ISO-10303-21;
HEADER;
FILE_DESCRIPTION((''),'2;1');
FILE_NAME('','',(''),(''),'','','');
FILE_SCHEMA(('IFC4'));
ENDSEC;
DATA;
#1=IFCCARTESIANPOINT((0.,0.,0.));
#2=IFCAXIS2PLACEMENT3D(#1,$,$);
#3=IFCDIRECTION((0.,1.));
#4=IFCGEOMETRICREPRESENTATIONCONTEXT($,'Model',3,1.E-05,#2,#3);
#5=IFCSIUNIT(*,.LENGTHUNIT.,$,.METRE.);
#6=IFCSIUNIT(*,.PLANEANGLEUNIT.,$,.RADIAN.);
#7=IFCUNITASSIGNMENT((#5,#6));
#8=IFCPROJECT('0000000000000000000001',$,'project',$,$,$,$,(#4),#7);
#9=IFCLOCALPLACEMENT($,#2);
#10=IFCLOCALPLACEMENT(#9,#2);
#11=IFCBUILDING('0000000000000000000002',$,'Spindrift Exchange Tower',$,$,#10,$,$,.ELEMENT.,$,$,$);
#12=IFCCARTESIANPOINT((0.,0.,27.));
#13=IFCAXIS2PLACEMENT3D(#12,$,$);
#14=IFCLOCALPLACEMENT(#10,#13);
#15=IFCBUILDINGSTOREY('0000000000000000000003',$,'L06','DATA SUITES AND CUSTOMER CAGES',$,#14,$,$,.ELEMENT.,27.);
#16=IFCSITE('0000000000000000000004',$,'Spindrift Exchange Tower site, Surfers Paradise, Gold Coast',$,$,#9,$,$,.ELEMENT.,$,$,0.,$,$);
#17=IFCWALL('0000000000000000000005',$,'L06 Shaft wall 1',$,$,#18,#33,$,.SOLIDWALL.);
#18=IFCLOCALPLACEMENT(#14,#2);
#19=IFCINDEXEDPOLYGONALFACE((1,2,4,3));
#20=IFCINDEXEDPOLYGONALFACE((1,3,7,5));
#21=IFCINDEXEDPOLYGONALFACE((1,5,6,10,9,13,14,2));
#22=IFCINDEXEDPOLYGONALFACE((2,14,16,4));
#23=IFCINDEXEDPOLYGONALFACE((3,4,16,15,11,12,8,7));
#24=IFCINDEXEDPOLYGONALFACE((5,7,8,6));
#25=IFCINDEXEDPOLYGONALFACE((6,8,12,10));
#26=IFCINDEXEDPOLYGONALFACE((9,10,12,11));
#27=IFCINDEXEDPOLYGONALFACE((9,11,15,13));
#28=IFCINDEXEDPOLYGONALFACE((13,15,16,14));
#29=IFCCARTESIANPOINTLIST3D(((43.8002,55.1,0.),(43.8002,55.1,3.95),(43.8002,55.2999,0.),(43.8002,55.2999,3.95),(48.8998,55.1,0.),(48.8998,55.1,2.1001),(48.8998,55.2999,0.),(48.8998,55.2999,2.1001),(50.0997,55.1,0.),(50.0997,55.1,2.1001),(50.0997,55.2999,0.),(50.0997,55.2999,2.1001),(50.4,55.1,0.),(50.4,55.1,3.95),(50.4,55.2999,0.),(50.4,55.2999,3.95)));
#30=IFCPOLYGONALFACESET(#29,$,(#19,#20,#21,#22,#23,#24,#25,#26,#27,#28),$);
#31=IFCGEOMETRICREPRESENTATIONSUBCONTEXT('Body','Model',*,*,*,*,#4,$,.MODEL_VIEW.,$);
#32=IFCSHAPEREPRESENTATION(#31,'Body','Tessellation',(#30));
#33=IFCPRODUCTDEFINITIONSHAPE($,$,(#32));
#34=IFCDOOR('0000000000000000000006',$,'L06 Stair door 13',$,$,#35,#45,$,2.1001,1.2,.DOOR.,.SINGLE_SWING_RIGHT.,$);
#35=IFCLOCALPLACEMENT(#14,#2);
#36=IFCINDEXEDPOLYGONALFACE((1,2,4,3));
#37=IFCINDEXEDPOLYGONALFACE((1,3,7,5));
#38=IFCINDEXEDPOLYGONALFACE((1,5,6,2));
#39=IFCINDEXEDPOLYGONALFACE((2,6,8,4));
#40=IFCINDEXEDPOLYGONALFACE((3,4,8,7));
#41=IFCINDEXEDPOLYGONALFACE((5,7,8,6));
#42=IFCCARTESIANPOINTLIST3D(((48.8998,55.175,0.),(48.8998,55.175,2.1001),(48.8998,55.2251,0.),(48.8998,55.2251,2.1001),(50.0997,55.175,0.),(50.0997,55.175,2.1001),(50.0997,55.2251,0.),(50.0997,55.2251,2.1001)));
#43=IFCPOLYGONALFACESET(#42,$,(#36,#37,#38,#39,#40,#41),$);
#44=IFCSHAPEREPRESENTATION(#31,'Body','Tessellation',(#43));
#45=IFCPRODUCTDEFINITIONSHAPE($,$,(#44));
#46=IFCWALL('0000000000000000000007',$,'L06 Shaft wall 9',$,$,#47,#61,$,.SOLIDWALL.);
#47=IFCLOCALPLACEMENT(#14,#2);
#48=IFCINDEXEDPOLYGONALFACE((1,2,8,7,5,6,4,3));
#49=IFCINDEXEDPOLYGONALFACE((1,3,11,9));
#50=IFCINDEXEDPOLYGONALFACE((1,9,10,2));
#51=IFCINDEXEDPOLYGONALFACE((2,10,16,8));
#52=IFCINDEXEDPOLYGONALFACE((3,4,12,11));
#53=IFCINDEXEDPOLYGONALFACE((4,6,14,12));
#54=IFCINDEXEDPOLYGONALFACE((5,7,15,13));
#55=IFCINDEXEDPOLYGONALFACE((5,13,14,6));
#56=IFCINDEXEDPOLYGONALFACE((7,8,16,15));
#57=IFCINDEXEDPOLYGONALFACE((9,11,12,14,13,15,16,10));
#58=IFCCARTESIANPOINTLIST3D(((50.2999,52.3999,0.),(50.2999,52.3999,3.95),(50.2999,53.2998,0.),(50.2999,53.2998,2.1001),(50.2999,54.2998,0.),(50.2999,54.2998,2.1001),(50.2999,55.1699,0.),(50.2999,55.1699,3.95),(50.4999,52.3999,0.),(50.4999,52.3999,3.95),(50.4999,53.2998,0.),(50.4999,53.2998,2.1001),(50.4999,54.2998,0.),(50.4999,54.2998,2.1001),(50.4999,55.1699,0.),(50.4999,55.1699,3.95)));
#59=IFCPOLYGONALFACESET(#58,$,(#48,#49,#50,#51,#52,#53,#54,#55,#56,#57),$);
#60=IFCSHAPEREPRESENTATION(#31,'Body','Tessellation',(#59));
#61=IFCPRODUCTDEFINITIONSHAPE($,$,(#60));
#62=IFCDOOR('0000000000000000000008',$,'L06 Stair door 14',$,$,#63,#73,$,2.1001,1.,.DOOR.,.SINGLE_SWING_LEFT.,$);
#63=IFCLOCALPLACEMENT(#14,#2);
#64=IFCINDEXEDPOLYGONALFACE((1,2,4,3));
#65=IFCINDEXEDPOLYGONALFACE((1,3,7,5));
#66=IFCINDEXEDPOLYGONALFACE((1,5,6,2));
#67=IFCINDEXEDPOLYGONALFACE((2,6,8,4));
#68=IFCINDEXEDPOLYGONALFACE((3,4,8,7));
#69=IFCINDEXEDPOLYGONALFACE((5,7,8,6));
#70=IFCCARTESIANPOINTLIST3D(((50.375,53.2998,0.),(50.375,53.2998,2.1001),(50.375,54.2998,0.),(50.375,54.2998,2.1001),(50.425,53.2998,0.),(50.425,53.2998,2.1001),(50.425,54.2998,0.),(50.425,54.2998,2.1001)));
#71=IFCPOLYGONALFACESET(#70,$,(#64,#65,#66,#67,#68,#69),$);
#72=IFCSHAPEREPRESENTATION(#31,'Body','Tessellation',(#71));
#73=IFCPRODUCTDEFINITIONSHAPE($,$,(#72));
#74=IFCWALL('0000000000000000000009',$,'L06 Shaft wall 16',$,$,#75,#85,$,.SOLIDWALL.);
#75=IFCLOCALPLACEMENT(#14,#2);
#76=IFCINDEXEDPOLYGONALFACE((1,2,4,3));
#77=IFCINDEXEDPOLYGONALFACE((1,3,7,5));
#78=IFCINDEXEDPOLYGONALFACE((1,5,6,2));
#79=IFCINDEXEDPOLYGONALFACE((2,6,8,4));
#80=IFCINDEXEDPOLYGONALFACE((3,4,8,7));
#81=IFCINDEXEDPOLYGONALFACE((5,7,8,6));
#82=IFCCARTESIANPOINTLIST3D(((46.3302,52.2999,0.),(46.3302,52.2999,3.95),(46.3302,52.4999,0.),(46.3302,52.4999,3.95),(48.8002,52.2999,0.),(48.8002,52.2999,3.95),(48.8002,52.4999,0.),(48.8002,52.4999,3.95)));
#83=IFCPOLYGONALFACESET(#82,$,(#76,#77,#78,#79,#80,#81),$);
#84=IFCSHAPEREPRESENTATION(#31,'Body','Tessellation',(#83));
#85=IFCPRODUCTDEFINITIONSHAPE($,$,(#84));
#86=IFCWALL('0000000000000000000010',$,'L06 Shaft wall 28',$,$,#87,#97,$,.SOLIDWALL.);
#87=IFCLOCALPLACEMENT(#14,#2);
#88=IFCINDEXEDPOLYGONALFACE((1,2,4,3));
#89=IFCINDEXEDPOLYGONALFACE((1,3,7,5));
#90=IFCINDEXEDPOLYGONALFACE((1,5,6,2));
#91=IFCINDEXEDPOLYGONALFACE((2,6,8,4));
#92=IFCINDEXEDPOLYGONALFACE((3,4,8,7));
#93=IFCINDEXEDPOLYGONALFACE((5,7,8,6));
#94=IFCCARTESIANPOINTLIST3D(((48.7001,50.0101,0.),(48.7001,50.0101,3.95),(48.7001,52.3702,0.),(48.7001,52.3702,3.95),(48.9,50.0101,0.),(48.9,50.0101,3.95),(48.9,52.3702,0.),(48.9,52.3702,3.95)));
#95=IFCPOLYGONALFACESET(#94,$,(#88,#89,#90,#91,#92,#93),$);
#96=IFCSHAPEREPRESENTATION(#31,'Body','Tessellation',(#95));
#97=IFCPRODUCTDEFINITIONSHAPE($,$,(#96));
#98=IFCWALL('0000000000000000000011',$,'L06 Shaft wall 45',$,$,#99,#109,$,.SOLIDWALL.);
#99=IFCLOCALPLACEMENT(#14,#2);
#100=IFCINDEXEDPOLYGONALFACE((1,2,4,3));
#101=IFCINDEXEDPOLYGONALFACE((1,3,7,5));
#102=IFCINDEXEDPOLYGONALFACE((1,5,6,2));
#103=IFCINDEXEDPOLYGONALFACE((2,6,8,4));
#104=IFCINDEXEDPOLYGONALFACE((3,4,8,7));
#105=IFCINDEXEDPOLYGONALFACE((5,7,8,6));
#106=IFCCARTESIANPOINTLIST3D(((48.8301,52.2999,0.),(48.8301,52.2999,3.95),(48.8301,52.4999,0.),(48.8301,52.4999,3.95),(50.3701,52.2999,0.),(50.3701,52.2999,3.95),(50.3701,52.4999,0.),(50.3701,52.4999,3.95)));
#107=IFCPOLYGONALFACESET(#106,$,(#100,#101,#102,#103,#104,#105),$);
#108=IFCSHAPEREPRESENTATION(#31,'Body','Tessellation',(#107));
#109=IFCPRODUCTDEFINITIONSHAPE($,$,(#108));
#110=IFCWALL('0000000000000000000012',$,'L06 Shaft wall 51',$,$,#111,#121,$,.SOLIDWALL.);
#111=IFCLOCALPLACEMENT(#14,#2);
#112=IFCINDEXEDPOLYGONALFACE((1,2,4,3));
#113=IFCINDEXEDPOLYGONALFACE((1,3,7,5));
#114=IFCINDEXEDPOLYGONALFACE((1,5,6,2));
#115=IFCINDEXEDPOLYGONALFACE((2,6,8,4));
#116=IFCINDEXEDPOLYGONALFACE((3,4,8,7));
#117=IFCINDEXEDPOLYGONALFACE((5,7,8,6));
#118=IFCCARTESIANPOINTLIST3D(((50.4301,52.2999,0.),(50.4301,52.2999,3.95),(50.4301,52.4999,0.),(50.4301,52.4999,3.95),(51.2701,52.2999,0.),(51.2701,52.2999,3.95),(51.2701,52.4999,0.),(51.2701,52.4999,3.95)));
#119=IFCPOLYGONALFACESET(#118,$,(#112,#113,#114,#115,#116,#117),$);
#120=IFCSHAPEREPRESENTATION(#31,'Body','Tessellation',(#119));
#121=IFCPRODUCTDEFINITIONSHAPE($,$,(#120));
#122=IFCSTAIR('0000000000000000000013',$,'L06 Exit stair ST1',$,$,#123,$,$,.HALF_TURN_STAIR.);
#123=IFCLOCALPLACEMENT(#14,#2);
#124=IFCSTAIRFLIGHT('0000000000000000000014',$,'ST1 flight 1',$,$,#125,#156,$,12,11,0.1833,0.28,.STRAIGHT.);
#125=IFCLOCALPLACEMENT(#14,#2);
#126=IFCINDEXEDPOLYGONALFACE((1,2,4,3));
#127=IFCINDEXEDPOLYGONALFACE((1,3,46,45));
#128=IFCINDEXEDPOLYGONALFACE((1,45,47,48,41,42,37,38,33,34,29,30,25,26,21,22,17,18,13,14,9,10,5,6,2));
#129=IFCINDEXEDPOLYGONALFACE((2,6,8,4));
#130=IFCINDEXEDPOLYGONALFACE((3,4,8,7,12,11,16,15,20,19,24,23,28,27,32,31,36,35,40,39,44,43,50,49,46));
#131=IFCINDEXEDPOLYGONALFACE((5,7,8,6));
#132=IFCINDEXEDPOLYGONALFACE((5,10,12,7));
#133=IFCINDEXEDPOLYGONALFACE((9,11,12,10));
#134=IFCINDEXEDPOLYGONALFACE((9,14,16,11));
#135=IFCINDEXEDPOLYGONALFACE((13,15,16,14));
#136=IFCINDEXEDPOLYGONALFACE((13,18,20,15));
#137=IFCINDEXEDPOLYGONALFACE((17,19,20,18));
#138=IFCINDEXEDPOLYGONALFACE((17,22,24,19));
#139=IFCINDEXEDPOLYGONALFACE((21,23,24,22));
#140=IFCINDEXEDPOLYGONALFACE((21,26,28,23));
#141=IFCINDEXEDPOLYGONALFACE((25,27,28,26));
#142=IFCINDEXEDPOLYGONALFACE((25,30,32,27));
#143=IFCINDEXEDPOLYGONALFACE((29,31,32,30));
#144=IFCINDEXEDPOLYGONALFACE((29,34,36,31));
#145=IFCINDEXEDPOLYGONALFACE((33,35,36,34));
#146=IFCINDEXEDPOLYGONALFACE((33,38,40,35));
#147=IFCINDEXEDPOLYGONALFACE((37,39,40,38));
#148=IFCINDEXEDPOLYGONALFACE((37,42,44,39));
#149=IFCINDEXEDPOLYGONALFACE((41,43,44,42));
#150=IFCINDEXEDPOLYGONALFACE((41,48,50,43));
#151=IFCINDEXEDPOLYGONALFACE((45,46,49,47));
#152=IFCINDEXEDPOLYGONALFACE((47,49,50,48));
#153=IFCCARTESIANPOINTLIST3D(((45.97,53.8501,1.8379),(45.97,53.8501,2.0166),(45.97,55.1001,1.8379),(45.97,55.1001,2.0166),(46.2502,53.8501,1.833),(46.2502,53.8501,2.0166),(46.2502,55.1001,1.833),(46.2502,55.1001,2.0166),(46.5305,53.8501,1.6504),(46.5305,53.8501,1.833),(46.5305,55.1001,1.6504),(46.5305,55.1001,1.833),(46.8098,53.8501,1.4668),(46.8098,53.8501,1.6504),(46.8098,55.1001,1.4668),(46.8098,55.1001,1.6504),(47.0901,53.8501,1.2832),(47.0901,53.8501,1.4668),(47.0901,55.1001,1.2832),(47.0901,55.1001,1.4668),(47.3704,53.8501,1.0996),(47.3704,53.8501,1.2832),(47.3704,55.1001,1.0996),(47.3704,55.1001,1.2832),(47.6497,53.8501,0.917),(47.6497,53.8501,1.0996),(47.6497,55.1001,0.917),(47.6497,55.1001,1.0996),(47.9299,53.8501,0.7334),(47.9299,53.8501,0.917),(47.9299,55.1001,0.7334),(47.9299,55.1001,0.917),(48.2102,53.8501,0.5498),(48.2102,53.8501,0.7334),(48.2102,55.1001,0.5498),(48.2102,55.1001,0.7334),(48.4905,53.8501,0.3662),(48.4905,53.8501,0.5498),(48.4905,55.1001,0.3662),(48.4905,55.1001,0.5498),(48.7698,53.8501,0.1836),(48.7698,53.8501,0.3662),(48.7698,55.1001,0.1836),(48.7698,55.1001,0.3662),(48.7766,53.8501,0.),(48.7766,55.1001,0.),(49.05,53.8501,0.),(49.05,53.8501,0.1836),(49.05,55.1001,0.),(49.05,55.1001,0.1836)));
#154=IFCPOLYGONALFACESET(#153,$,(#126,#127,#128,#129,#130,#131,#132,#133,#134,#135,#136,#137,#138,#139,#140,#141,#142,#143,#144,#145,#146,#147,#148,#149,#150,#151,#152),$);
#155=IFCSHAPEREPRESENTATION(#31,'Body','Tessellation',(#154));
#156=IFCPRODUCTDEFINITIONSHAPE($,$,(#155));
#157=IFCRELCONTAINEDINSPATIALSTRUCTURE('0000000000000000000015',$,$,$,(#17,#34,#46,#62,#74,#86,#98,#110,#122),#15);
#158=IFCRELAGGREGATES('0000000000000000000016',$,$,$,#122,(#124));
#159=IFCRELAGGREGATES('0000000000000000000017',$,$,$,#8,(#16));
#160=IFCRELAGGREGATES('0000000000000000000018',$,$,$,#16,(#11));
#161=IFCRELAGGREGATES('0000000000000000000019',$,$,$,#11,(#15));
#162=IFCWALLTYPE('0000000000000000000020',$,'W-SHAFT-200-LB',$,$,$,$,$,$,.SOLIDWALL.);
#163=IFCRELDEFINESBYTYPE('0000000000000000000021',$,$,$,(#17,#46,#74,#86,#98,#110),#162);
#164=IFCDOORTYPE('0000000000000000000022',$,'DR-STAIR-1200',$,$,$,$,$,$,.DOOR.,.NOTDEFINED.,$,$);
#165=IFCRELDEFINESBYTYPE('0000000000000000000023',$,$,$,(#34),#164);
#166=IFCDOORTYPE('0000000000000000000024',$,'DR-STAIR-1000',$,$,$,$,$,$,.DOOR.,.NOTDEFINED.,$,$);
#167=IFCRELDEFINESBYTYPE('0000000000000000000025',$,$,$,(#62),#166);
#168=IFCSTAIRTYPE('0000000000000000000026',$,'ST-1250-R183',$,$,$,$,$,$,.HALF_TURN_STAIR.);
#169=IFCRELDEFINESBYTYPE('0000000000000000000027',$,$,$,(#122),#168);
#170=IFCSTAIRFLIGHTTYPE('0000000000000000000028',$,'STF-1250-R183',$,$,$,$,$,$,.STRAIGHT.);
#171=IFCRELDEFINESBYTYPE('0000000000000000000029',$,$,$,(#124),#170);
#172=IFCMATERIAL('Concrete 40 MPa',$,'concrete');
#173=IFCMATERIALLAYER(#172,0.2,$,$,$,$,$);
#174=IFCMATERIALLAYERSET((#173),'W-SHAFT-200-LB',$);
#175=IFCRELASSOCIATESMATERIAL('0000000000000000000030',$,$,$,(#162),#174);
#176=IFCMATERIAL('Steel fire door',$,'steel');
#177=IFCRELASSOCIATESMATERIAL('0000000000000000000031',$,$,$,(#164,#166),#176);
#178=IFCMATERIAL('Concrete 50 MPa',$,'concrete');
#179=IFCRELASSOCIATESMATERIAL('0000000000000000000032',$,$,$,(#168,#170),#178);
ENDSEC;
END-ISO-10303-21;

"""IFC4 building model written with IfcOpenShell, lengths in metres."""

from ifc_helpers import new_model, si_unit, direction, frame, frame_2d, origin, place, context, subcontext, project, spatial, line, indexed_curve, rectangle, outline, extrude, source, transform, mapped, material, layer, layer_set, type_object, element, fill, aggregate, save


model = new_model("IFC4")

# Units and contexts
model_context = context("Model", 3, precision=1e-05, world=origin(), true_north=direction((0.0, 1.0)))
body_context = subcontext(model_context, "Body", "Model", "MODEL_VIEW")
ifc_project = project(units=[si_unit("LENGTHUNIT", "METRE"), si_unit("PLANEANGLEUNIT", "RADIAN")], contexts=[model_context])

# Site, building, storey
site_placement = place(None, origin())
site = spatial("IfcSite", under=ifc_project, at=site_placement, Name="Spindrift Exchange Tower site, Surfers Paradise, Gold Coast", CompositionType="ELEMENT", RefElevation=0.0)
building_placement = place(site_placement, origin())
building = spatial("IfcBuilding", under=site, at=building_placement, Name="Spindrift Exchange Tower", CompositionType="ELEMENT")
storey_placement = place(building_placement, frame((0.0, 0.0, 27.0)))
storey = spatial("IfcBuildingStorey", under=building, at=storey_placement, Name="L06", Description="DATA SUITES AND CUSTOMER CAGES", CompositionType="ELEMENT", Elevation=27.0)

# Shared definitions
ifc_material_1 = material(Name="Concrete 40 MPa", Category="concrete")

# Walls, openings, doors
ifc_layer_1 = layer(ifc_material_1, 0.2)
ifc_layer_set_1 = layer_set([ifc_layer_1], Name="W-SHAFT-200-LB")
wall_type_1 = type_object("IfcWallType", Name="W-SHAFT-200-LB", PredefinedType="SOLIDWALL", material=ifc_layer_set_1)
wall_1_placement = place(storey_placement, frame((50.3999, 55.2, 0.0), z_axis=(0.0, 0.0, 1.0), x_axis=(-1.0, 0.0, 0.0)))
wall_1 = element("IfcWall", 1, at=wall_1_placement, inside=storey, type_object=wall_type_1, Name="L06 Shaft wall 1", PredefinedType="SOLIDWALL", context=body_context, shape_type="SweptSolid", body=[
    extrude(rectangle(XDim=6.5999, YDim=0.2, at=frame_2d((3.2998, 0.0))), origin(), (0.0, 0.0, 1.0), 3.95),
])
opening_1_placement = place(wall_1_placement, frame((0.3, 0.0, 0.0)))
opening_1 = element("IfcOpeningElement", 2, at=opening_1_placement, cuts=wall_1, PredefinedType="OPENING", context=body_context, shape_type="SweptSolid", body=[
    extrude(rectangle(XDim=1.2, YDim=2.1001, at=frame_2d((0.6001, 1.05))), frame((0.0, 0.1099, 0.0), z_axis=(0.0, -1.0, 0.0), x_axis=(1.0, 0.0, 0.0)), (0.0, 0.0, 1.0), 0.22),
])
ifc_material_2 = material(Name="Steel fire door", Category="steel")
door_type_1 = type_object("IfcDoorType", Name="DR-STAIR-1200", OperationType="NOTDEFINED", PredefinedType="DOOR", material=ifc_material_2)
shared_shape_1 = source(origin(), body_context, "Body", "SweptSolid", [
    extrude(rectangle(XDim=1.2, YDim=2.1001, at=frame_2d((0.6001, 1.05))), frame((0.0, 0.0249, 0.0), z_axis=(0.0, -1.0, 0.0), x_axis=(1.0, 0.0, 0.0)), (0.0, 0.0, 1.0), 0.05),
])
door_1_placement = place(opening_1_placement, origin())
door_1 = element("IfcDoor", 3, at=door_1_placement, inside=storey, type_object=door_type_1, Name="L06 Stair door 13", OperationType="SINGLE_SWING_RIGHT", OverallHeight=2.1001, OverallWidth=1.2, PredefinedType="DOOR", context=body_context, shape_type="MappedRepresentation", body=[
    mapped(shared_shape_1, transform((0.0, 0.0, 0.0), scale=1.0)),
])
fill(opening_1, door_1)
wall_2_placement = place(storey_placement, frame((50.3999, 52.3999, 0.0), z_axis=(0.0, 0.0, 1.0), x_axis=(0.0, 1.0, 0.0)))
wall_2 = element("IfcWall", 4, at=wall_2_placement, inside=storey, type_object=wall_type_1, Name="L06 Shaft wall 9", PredefinedType="SOLIDWALL", context=body_context, shape_type="SweptSolid", body=[
    extrude(rectangle(XDim=2.77, YDim=0.2, at=frame_2d((1.385, 0.0))), origin(), (0.0, 0.0, 1.0), 3.95),
])
opening_2_placement = place(wall_2_placement, frame((0.8999, 0.0, 0.0)))
opening_2 = element("IfcOpeningElement", 5, at=opening_2_placement, cuts=wall_2, PredefinedType="OPENING", context=body_context, shape_type="SweptSolid", body=[
    extrude(rectangle(XDim=1.0, YDim=2.1001, at=frame_2d((0.5, 1.05))), frame((0.0, 0.1099, 0.0), z_axis=(0.0, -1.0, 0.0), x_axis=(1.0, 0.0, 0.0)), (0.0, 0.0, 1.0), 0.22),
])
door_type_2 = type_object("IfcDoorType", Name="DR-STAIR-1000", OperationType="NOTDEFINED", PredefinedType="DOOR", material=ifc_material_2)
shared_shape_2 = source(origin(), body_context, "Body", "SweptSolid", [
    extrude(rectangle(XDim=1.0, YDim=2.1001, at=frame_2d((0.5, 1.05))), frame((0.0, 0.0249, 0.0), z_axis=(0.0, -1.0, 0.0), x_axis=(1.0, 0.0, 0.0)), (0.0, 0.0, 1.0), 0.05),
])
door_2_placement = place(opening_2_placement, origin())
door_2 = element("IfcDoor", 6, at=door_2_placement, inside=storey, type_object=door_type_2, Name="L06 Stair door 14", OperationType="SINGLE_SWING_LEFT", OverallHeight=2.1001, OverallWidth=1.0, PredefinedType="DOOR", context=body_context, shape_type="MappedRepresentation", body=[
    mapped(shared_shape_2, transform((0.0, 0.0, 0.0), scale=1.0)),
])
fill(opening_2, door_2)

# Walls
wall_3_placement = place(storey_placement, frame((48.8, 52.3999, 0.0), z_axis=(0.0, 0.0, 1.0), x_axis=(-1.0, 0.0, 0.0)))
element("IfcWall", 7, at=wall_3_placement, inside=storey, type_object=wall_type_1, Name="L06 Shaft wall 16", PredefinedType="SOLIDWALL", context=body_context, shape_type="SweptSolid", body=[
    extrude(rectangle(XDim=2.47, YDim=0.2, at=frame_2d((1.2349, 0.0))), origin(), (0.0, 0.0, 1.0), 3.95),
])
wall_4_placement = place(storey_placement, frame((48.8, 50.01, 0.0), z_axis=(0.0, 0.0, 1.0), x_axis=(0.0, 1.0, 0.0)))
element("IfcWall", 8, at=wall_4_placement, inside=storey, type_object=wall_type_1, Name="L06 Shaft wall 28", PredefinedType="SOLIDWALL", context=body_context, shape_type="SweptSolid", body=[
    extrude(rectangle(XDim=2.3601, YDim=0.2, at=frame_2d((1.1802, 0.0))), origin(), (0.0, 0.0, 1.0), 3.95),
])
wall_5_placement = place(storey_placement, frame((50.3701, 52.3999, 0.0), z_axis=(0.0, 0.0, 1.0), x_axis=(-1.0, 0.0, 0.0)))
element("IfcWall", 9, at=wall_5_placement, inside=storey, type_object=wall_type_1, Name="L06 Shaft wall 45", PredefinedType="SOLIDWALL", context=body_context, shape_type="SweptSolid", body=[
    extrude(rectangle(XDim=1.54, YDim=0.2, at=frame_2d((0.77, 0.0))), origin(), (0.0, 0.0, 1.0), 3.95),
])
wall_6_placement = place(storey_placement, frame((51.27, 52.3999, 0.0), z_axis=(0.0, 0.0, 1.0), x_axis=(-1.0, 0.0, 0.0)))
element("IfcWall", 10, at=wall_6_placement, inside=storey, type_object=wall_type_1, Name="L06 Shaft wall 51", PredefinedType="SOLIDWALL", context=body_context, shape_type="SweptSolid", body=[
    extrude(rectangle(XDim=0.8401, YDim=0.2, at=frame_2d((0.4199, 0.0))), origin(), (0.0, 0.0, 1.0), 3.95),
])

# Stair, stair flight
ifc_material_3 = material(Name="Concrete 50 MPa", Category="concrete")
stair_type = type_object("IfcStairType", Name="ST-1250-R183", PredefinedType="HALF_TURN_STAIR", material=ifc_material_3)
stair_placement = place(storey_placement, origin())
stair = element("IfcStair", 11, at=stair_placement, inside=storey, type_object=stair_type, Name="L06 Exit stair ST1", PredefinedType="HALF_TURN_STAIR")
stair_flight_type = type_object("IfcStairFlightType", Name="STF-1250-R183", PredefinedType="STRAIGHT", material=ifc_material_3)
stair_flight_placement = place(storey_placement, frame((49.05, 54.4751, 0.0), z_axis=(0.0, 0.0, 1.0), x_axis=(-1.0, 0.0, 0.0)))
stair_flight = element("IfcStairFlight", 12, at=stair_flight_placement, type_object=stair_flight_type, Name="ST1 flight 1", NumberOfRisers=12, NumberOfTreads=11, PredefinedType="STRAIGHT", RiserHeight=0.1833, TreadLength=0.28, context=body_context, shape_type="SweptSolid", body=[
    extrude(outline(indexed_curve([(0.0, 0.0), (0.0, 0.1836), (0.2803, 0.1836), (0.2803, 0.3662), (0.5596, 0.3662), (0.5596, 0.5498), (0.8398, 0.5498), (0.8398, 0.7334), (1.1201, 0.7334), (1.1201, 0.917), (1.4004, 0.917), (1.4004, 1.0996), (1.6797, 1.0996), (1.6797, 1.2832), (1.96, 1.2832), (1.96, 1.4668), (2.2402, 1.4668), (2.2402, 1.6504), (2.5195, 1.6504), (2.5195, 1.833), (2.7998, 1.833), (2.7998, 2.0166), (3.0801, 2.0166), (3.0801, 2.2002), (3.0801, 1.8379), (0.2734, 0.0)], segments=[line(1, 2, 3, 4, 5, 6, 7, 8, 9, 10, 11, 12, 13, 14, 15, 16, 17, 18, 19, 20, 21, 22, 23, 24, 25, 26, 1)], self_intersect=False)), frame((0.0, 0.625, 0.0), z_axis=(0.0, -1.0, 0.0), x_axis=(1.0, 0.0, 0.0)), (0.0, 0.0, 1.0), 1.25),
])
aggregate(stair, [stair_flight])

save(model, "model.ifc")
